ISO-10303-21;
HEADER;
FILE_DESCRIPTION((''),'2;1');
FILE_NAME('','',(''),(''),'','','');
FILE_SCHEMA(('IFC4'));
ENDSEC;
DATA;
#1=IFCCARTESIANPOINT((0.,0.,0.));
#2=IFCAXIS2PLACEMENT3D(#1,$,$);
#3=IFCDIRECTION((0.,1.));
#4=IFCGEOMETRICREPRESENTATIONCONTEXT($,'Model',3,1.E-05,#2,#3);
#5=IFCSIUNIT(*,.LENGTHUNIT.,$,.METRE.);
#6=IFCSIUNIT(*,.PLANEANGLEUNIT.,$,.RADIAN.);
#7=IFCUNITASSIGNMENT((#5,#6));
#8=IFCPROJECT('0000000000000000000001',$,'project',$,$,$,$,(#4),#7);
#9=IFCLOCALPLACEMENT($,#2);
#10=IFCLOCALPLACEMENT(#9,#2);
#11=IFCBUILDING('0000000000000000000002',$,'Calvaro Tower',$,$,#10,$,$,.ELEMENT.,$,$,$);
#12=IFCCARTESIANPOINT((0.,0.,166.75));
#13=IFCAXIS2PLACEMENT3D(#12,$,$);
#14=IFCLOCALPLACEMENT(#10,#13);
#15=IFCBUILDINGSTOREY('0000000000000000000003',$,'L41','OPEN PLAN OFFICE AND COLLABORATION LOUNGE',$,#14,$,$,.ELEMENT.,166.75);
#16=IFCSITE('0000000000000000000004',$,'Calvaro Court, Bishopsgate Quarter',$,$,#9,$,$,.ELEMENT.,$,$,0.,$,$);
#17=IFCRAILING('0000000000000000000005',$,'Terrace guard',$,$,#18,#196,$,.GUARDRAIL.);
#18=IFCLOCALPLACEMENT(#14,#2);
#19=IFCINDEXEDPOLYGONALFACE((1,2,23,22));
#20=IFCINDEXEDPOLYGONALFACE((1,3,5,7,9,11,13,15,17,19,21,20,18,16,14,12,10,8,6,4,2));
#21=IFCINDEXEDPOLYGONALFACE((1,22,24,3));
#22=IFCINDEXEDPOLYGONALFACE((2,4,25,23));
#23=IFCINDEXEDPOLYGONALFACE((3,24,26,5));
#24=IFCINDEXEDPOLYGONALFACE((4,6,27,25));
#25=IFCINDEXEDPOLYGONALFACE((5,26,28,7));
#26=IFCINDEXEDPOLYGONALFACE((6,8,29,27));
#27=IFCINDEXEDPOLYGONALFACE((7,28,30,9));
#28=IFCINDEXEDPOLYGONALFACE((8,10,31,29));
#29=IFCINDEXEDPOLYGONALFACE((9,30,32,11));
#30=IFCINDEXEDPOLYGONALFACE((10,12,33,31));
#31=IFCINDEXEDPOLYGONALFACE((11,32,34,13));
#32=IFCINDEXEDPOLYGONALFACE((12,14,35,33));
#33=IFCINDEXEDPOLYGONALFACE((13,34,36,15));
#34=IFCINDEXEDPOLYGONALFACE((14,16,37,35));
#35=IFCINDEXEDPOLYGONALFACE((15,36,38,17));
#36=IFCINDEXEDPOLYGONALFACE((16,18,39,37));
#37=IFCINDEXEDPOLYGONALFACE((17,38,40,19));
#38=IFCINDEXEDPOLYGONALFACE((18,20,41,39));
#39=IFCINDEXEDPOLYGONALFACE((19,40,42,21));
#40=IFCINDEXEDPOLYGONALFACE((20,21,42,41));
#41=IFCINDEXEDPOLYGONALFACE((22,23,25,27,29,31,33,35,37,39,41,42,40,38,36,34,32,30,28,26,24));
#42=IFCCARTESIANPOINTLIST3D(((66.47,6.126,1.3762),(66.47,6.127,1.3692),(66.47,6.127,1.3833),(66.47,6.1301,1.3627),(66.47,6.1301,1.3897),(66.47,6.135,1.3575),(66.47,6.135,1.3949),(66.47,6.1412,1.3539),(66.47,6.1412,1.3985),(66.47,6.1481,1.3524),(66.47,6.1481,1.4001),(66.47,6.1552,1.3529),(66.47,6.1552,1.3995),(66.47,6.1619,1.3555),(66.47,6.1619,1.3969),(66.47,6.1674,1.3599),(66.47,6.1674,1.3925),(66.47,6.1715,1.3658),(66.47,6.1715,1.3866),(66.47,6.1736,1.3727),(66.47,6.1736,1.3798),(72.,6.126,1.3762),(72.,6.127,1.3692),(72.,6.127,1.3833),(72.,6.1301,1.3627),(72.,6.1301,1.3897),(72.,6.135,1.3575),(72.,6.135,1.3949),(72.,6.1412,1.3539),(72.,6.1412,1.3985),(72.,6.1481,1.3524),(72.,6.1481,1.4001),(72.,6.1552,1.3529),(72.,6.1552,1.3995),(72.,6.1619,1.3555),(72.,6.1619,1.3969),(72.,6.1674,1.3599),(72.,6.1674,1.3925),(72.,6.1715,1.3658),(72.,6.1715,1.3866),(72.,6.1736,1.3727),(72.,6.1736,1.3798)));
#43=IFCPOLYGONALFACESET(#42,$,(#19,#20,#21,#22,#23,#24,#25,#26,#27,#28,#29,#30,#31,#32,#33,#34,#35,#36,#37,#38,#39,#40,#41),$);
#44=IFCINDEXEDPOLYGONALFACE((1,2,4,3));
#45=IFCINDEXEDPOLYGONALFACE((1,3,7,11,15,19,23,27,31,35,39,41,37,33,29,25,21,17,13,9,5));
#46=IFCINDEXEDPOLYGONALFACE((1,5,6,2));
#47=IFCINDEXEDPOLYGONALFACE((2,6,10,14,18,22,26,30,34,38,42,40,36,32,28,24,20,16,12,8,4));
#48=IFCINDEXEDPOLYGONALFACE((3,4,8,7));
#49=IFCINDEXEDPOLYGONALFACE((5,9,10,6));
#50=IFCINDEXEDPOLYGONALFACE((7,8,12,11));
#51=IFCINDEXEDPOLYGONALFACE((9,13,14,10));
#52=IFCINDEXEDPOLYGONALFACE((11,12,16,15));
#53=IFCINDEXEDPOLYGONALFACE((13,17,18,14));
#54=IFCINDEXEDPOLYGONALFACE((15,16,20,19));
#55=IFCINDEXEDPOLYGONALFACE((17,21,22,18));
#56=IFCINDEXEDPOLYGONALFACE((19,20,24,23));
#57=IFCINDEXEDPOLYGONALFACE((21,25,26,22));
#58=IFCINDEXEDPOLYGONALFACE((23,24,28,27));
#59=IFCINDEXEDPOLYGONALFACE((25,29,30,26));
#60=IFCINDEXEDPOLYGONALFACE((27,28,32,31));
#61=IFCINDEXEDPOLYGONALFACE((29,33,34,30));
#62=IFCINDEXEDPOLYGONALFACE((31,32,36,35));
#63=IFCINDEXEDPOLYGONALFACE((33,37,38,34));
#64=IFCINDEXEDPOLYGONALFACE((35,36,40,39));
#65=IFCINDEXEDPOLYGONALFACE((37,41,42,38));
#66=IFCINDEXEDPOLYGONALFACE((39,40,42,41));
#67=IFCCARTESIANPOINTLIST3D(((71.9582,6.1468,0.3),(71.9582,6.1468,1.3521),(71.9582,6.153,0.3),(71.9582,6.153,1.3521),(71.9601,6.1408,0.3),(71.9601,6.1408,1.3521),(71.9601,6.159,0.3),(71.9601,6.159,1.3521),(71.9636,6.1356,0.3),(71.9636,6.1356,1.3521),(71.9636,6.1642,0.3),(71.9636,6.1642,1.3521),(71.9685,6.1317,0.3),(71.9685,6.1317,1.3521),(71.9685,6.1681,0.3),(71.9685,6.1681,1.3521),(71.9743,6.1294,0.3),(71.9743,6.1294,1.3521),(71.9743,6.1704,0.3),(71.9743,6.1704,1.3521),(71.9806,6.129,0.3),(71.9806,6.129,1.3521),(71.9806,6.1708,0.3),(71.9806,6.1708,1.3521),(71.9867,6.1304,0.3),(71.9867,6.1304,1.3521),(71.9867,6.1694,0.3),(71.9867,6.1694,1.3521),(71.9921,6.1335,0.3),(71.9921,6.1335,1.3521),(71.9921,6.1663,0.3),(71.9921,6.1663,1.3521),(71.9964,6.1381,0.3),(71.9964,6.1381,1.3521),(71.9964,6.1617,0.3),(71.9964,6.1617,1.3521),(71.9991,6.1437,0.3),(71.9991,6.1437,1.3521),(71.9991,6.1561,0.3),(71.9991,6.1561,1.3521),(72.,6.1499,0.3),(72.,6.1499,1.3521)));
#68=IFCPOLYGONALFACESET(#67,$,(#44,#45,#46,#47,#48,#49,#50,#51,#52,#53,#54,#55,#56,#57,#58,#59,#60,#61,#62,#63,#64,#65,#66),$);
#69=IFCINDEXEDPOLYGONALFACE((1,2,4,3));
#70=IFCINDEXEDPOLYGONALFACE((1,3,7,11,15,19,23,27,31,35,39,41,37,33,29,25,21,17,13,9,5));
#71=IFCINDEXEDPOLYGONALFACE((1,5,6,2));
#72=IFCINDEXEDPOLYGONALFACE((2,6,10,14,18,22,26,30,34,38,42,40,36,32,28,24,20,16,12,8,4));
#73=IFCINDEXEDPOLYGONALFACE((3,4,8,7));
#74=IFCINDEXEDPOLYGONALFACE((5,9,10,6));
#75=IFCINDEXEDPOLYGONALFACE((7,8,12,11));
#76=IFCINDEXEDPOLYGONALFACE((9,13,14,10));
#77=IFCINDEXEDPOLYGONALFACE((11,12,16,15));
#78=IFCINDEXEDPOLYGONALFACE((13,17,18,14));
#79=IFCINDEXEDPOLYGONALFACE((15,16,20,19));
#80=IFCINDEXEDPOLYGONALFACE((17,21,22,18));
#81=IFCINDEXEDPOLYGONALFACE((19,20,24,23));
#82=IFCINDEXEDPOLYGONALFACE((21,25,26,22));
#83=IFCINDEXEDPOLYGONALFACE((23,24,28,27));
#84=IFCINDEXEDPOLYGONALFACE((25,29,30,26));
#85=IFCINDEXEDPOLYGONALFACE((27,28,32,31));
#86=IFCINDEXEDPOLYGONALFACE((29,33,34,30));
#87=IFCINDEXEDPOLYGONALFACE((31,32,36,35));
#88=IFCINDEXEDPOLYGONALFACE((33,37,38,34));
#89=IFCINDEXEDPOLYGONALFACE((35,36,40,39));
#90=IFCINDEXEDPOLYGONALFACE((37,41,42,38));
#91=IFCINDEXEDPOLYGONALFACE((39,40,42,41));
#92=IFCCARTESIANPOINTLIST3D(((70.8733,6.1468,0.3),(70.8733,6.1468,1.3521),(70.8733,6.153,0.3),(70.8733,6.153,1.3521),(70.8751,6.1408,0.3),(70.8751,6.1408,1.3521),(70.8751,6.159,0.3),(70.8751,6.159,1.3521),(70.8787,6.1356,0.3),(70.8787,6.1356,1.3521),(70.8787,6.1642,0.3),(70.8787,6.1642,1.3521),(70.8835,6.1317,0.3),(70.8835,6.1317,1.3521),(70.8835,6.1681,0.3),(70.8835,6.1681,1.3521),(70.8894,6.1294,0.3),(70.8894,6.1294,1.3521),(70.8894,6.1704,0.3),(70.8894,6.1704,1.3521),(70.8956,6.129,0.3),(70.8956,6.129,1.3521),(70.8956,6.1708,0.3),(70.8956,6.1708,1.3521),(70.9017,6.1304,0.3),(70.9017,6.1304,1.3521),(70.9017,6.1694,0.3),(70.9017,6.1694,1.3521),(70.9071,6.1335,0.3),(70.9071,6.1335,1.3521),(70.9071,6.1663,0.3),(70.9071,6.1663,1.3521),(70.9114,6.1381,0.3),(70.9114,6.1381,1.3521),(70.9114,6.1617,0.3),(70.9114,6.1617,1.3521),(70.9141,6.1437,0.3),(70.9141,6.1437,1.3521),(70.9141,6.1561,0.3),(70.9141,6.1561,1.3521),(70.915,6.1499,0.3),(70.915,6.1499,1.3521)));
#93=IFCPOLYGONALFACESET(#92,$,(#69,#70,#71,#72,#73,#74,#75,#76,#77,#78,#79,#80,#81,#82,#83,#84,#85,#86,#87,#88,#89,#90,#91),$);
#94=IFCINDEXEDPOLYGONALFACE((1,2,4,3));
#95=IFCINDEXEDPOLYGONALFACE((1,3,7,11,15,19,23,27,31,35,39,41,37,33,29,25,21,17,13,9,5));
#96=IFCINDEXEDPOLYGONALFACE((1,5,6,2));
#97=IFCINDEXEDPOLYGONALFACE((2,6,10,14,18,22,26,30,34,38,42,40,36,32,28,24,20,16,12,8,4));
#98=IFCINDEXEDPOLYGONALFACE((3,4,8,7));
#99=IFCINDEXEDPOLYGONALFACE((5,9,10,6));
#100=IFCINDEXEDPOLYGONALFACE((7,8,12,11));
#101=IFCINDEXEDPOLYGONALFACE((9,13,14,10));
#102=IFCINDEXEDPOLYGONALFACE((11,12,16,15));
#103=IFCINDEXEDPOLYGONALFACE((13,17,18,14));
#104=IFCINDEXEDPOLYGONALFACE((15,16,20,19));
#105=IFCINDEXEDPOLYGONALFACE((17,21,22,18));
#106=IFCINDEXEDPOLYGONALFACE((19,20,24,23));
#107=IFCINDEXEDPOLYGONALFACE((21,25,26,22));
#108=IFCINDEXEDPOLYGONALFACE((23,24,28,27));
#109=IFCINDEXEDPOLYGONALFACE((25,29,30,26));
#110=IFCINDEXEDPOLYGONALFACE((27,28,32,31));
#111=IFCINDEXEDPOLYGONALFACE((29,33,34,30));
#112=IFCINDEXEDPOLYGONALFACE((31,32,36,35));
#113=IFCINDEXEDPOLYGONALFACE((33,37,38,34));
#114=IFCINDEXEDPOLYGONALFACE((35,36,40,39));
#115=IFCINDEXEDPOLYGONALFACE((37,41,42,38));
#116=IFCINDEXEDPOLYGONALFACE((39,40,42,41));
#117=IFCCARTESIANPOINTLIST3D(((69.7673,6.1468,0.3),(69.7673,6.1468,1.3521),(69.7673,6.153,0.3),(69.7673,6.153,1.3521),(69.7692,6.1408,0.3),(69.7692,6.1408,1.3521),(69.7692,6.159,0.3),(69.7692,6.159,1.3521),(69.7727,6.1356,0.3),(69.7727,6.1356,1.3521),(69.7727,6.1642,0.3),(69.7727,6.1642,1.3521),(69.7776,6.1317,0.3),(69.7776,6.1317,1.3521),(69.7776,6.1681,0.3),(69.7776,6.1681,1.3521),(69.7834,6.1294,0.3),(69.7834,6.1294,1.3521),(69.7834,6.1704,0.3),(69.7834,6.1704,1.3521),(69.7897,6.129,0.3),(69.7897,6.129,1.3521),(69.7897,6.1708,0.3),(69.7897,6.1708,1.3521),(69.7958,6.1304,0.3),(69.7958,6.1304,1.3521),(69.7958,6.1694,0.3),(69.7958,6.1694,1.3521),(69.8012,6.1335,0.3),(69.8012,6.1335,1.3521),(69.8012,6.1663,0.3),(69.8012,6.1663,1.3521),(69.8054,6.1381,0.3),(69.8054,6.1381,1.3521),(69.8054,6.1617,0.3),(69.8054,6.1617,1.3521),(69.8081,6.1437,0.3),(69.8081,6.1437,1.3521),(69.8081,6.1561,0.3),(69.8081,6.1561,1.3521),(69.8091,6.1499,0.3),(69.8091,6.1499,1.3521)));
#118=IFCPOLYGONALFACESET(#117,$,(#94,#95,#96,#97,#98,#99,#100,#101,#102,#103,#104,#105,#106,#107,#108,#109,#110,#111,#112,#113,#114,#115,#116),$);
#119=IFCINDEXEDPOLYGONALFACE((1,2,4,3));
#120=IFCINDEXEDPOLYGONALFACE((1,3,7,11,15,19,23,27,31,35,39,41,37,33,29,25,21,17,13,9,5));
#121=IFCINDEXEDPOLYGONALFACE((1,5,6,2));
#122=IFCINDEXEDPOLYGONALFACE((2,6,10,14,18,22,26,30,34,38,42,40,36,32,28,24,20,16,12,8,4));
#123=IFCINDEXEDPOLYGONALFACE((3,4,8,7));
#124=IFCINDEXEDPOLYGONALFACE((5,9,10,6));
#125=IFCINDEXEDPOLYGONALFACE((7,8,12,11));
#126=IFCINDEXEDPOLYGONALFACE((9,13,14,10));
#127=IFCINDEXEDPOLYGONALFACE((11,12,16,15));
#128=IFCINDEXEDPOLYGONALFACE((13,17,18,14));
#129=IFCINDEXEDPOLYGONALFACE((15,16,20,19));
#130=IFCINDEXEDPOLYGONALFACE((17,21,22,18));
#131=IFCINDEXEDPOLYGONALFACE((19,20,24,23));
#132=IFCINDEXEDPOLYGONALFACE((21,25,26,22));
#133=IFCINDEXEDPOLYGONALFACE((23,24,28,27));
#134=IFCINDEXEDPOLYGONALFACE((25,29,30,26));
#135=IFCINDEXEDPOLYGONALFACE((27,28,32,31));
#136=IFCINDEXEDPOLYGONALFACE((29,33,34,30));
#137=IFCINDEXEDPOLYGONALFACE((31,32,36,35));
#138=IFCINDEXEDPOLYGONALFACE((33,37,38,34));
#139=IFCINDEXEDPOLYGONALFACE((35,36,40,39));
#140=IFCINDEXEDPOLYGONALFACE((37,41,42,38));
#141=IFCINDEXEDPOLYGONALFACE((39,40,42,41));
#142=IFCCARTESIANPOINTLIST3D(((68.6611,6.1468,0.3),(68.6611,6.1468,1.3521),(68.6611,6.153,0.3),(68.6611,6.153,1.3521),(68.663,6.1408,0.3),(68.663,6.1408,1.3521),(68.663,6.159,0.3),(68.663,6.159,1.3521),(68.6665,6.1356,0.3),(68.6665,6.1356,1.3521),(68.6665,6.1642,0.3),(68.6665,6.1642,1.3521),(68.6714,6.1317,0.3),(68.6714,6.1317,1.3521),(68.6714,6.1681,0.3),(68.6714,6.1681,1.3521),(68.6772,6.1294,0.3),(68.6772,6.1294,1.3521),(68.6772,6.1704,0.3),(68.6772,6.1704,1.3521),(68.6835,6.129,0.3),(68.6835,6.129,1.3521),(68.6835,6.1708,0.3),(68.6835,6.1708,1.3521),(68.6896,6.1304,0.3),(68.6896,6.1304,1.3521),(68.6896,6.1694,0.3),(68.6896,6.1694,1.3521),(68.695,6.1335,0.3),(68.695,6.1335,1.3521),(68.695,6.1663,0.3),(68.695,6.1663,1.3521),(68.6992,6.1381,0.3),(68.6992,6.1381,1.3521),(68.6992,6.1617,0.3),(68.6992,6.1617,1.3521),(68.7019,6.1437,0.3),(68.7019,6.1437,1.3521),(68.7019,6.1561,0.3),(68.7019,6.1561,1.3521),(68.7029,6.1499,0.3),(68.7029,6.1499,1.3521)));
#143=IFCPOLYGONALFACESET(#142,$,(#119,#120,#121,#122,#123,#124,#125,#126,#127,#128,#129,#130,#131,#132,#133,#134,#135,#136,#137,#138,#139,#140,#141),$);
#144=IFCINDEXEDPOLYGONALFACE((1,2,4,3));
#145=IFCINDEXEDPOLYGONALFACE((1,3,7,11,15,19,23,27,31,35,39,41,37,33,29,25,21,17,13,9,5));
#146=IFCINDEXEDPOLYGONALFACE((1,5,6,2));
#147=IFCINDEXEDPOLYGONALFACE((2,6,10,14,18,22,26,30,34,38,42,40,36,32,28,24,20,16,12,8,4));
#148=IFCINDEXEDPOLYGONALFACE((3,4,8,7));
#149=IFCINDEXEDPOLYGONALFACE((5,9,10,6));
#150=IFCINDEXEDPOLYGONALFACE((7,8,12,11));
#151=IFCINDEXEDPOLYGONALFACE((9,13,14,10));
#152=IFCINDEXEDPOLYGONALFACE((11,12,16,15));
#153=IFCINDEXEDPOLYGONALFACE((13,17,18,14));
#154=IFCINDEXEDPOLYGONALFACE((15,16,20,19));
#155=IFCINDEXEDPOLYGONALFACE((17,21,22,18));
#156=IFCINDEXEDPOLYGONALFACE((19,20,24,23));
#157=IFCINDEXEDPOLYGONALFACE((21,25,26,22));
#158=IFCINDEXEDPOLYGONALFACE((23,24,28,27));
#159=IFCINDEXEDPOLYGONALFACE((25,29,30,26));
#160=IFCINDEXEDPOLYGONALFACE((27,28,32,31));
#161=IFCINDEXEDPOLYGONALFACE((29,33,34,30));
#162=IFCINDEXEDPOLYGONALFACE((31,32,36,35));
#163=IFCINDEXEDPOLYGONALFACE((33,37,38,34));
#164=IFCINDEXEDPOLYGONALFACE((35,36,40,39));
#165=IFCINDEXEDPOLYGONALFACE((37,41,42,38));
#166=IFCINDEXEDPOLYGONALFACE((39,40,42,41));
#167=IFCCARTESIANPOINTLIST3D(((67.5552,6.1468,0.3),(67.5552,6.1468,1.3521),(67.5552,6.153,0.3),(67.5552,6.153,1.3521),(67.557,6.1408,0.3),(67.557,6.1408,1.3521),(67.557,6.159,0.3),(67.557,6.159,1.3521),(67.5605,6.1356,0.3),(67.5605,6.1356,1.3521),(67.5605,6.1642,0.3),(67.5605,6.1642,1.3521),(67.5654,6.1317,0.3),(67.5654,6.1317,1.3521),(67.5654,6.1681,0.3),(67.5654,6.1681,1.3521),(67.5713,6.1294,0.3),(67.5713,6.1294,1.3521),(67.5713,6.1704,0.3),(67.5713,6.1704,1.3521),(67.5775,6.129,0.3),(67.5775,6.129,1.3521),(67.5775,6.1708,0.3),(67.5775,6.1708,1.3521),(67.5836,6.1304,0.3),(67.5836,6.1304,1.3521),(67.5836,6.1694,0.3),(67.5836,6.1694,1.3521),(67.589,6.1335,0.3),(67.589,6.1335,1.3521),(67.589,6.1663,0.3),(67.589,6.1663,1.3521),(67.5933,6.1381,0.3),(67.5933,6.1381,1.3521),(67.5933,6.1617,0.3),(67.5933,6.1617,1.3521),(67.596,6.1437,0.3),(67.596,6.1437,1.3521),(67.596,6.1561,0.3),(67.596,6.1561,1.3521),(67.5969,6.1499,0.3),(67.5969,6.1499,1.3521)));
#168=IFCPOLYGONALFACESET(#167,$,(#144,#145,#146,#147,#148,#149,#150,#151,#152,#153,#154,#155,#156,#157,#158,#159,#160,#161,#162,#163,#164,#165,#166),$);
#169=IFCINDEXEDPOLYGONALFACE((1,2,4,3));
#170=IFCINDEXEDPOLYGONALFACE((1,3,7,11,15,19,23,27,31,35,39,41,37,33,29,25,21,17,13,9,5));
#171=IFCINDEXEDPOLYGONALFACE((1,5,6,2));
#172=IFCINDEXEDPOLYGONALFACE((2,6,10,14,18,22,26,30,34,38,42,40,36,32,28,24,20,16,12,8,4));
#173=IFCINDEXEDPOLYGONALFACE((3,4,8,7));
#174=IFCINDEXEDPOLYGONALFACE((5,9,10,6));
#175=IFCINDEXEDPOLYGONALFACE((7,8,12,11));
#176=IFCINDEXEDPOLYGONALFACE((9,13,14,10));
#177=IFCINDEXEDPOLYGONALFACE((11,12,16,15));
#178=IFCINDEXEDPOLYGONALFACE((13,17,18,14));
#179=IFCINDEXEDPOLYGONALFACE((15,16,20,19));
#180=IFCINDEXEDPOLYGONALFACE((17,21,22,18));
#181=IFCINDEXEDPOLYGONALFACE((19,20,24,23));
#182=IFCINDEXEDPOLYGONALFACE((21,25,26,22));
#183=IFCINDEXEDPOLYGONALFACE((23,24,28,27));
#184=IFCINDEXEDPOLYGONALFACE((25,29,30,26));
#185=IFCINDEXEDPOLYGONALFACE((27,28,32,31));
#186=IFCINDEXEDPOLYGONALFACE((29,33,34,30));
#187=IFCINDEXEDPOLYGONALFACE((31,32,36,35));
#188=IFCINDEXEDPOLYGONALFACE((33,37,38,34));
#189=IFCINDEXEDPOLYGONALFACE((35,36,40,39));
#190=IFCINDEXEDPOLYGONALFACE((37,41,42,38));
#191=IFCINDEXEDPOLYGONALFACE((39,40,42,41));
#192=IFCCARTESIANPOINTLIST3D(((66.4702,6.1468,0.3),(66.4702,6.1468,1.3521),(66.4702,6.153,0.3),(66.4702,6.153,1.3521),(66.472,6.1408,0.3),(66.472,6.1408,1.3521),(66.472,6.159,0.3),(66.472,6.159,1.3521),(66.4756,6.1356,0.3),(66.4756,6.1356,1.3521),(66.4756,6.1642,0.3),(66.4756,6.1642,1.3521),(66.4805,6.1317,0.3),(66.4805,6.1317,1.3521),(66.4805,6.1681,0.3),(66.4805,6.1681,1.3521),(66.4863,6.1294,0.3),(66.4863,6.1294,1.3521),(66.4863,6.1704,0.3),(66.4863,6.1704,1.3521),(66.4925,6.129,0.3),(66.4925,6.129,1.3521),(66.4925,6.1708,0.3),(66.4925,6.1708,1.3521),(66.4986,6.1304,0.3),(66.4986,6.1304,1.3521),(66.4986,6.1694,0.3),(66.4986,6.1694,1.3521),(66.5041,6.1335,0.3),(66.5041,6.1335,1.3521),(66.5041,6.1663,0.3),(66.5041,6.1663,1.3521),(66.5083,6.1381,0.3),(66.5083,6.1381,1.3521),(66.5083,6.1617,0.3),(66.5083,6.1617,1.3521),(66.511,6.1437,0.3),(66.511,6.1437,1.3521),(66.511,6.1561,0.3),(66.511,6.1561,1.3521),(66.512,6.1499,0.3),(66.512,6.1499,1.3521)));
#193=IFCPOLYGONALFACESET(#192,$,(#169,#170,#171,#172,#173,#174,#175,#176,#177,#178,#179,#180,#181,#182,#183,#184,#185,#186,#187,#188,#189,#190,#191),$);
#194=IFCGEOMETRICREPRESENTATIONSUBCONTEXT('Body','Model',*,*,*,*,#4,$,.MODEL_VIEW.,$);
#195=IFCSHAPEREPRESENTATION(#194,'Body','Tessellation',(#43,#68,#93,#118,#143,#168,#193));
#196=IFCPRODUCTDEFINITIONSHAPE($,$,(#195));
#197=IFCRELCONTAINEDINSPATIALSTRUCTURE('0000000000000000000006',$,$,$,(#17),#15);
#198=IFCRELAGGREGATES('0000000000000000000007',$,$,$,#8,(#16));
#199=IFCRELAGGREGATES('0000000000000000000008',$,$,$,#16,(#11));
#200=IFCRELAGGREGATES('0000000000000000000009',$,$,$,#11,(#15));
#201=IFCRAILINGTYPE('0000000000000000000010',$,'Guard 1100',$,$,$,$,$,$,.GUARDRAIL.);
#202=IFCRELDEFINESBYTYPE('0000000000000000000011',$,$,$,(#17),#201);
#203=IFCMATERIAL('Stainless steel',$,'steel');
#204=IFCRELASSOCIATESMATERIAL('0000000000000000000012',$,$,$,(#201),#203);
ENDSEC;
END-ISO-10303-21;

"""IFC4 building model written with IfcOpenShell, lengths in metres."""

from ifc_helpers import new_model, si_unit, direction, frame, origin, origin_2d, place, context, subcontext, project, spatial, circle, extrude, material, type_object, element, save


model = new_model("IFC4")

# Units and contexts
model_context = context("Model", 3, precision=1e-05, world=origin(), true_north=direction((0.0, 1.0)))
body_context = subcontext(model_context, "Body", "Model", "MODEL_VIEW")
ifc_project = project(units=[si_unit("LENGTHUNIT", "METRE"), si_unit("PLANEANGLEUNIT", "RADIAN")], contexts=[model_context])

# Site, building, storey
site_placement = place(None, origin())
site = spatial("IfcSite", under=ifc_project, at=site_placement, Name="Calvaro Court, Bishopsgate Quarter", CompositionType="ELEMENT", RefElevation=0.0)
building_placement = place(site_placement, origin())
building = spatial("IfcBuilding", under=site, at=building_placement, Name="Calvaro Tower", CompositionType="ELEMENT")
storey_placement = place(building_placement, frame((0.0, 0.0, 166.75)))
storey = spatial("IfcBuildingStorey", under=building, at=storey_placement, Name="L41", Description="OPEN PLAN OFFICE AND COLLABORATION LOUNGE", CompositionType="ELEMENT", Elevation=166.75)

# Railing
ifc_material_1 = material(Name="Stainless steel", Category="steel")
railing_type = type_object("IfcRailingType", Name="Guard 1100", PredefinedType="GUARDRAIL", material=ifc_material_1)
railing_1_placement = place(storey_placement, frame((72.0, 6.1499, 0.3)))
element("IfcRailing", 1, at=railing_1_placement, inside=storey, type_object=railing_type, Name="Terrace guard", PredefinedType="GUARDRAIL", context=body_context, shape_type="SweptSolid", body=[
    extrude(circle(Radius=0.0239, at=origin_2d()), frame((0.0, 0.0, 1.0762), z_axis=(-1.0, 0.0, 0.0), x_axis=(0.0, -1.0, 0.0)), (0.0, 0.0, 1.0), 5.53),
    extrude(circle(Radius=0.021, at=origin_2d()), frame((-0.021, 0.0, 0.0)), (0.0, 0.0, 1.0), 1.052),
    extrude(circle(Radius=0.021, at=origin_2d()), frame((-1.106, 0.0, 0.0)), (0.0, 0.0, 1.0), 1.052),
    extrude(circle(Radius=0.021, at=origin_2d()), frame((-2.2119, 0.0, 0.0)), (0.0, 0.0, 1.0), 1.052),
    extrude(circle(Radius=0.021, at=origin_2d()), frame((-3.3181, 0.0, 0.0)), (0.0, 0.0, 1.0), 1.052),
    extrude(circle(Radius=0.021, at=origin_2d()), frame((-4.4241, 0.0, 0.0)), (0.0, 0.0, 1.0), 1.052),
    extrude(circle(Radius=0.021, at=origin_2d()), frame((-5.509, 0.0, 0.0)), (0.0, 0.0, 1.0), 1.052),
])

save(model, "model.ifc")
